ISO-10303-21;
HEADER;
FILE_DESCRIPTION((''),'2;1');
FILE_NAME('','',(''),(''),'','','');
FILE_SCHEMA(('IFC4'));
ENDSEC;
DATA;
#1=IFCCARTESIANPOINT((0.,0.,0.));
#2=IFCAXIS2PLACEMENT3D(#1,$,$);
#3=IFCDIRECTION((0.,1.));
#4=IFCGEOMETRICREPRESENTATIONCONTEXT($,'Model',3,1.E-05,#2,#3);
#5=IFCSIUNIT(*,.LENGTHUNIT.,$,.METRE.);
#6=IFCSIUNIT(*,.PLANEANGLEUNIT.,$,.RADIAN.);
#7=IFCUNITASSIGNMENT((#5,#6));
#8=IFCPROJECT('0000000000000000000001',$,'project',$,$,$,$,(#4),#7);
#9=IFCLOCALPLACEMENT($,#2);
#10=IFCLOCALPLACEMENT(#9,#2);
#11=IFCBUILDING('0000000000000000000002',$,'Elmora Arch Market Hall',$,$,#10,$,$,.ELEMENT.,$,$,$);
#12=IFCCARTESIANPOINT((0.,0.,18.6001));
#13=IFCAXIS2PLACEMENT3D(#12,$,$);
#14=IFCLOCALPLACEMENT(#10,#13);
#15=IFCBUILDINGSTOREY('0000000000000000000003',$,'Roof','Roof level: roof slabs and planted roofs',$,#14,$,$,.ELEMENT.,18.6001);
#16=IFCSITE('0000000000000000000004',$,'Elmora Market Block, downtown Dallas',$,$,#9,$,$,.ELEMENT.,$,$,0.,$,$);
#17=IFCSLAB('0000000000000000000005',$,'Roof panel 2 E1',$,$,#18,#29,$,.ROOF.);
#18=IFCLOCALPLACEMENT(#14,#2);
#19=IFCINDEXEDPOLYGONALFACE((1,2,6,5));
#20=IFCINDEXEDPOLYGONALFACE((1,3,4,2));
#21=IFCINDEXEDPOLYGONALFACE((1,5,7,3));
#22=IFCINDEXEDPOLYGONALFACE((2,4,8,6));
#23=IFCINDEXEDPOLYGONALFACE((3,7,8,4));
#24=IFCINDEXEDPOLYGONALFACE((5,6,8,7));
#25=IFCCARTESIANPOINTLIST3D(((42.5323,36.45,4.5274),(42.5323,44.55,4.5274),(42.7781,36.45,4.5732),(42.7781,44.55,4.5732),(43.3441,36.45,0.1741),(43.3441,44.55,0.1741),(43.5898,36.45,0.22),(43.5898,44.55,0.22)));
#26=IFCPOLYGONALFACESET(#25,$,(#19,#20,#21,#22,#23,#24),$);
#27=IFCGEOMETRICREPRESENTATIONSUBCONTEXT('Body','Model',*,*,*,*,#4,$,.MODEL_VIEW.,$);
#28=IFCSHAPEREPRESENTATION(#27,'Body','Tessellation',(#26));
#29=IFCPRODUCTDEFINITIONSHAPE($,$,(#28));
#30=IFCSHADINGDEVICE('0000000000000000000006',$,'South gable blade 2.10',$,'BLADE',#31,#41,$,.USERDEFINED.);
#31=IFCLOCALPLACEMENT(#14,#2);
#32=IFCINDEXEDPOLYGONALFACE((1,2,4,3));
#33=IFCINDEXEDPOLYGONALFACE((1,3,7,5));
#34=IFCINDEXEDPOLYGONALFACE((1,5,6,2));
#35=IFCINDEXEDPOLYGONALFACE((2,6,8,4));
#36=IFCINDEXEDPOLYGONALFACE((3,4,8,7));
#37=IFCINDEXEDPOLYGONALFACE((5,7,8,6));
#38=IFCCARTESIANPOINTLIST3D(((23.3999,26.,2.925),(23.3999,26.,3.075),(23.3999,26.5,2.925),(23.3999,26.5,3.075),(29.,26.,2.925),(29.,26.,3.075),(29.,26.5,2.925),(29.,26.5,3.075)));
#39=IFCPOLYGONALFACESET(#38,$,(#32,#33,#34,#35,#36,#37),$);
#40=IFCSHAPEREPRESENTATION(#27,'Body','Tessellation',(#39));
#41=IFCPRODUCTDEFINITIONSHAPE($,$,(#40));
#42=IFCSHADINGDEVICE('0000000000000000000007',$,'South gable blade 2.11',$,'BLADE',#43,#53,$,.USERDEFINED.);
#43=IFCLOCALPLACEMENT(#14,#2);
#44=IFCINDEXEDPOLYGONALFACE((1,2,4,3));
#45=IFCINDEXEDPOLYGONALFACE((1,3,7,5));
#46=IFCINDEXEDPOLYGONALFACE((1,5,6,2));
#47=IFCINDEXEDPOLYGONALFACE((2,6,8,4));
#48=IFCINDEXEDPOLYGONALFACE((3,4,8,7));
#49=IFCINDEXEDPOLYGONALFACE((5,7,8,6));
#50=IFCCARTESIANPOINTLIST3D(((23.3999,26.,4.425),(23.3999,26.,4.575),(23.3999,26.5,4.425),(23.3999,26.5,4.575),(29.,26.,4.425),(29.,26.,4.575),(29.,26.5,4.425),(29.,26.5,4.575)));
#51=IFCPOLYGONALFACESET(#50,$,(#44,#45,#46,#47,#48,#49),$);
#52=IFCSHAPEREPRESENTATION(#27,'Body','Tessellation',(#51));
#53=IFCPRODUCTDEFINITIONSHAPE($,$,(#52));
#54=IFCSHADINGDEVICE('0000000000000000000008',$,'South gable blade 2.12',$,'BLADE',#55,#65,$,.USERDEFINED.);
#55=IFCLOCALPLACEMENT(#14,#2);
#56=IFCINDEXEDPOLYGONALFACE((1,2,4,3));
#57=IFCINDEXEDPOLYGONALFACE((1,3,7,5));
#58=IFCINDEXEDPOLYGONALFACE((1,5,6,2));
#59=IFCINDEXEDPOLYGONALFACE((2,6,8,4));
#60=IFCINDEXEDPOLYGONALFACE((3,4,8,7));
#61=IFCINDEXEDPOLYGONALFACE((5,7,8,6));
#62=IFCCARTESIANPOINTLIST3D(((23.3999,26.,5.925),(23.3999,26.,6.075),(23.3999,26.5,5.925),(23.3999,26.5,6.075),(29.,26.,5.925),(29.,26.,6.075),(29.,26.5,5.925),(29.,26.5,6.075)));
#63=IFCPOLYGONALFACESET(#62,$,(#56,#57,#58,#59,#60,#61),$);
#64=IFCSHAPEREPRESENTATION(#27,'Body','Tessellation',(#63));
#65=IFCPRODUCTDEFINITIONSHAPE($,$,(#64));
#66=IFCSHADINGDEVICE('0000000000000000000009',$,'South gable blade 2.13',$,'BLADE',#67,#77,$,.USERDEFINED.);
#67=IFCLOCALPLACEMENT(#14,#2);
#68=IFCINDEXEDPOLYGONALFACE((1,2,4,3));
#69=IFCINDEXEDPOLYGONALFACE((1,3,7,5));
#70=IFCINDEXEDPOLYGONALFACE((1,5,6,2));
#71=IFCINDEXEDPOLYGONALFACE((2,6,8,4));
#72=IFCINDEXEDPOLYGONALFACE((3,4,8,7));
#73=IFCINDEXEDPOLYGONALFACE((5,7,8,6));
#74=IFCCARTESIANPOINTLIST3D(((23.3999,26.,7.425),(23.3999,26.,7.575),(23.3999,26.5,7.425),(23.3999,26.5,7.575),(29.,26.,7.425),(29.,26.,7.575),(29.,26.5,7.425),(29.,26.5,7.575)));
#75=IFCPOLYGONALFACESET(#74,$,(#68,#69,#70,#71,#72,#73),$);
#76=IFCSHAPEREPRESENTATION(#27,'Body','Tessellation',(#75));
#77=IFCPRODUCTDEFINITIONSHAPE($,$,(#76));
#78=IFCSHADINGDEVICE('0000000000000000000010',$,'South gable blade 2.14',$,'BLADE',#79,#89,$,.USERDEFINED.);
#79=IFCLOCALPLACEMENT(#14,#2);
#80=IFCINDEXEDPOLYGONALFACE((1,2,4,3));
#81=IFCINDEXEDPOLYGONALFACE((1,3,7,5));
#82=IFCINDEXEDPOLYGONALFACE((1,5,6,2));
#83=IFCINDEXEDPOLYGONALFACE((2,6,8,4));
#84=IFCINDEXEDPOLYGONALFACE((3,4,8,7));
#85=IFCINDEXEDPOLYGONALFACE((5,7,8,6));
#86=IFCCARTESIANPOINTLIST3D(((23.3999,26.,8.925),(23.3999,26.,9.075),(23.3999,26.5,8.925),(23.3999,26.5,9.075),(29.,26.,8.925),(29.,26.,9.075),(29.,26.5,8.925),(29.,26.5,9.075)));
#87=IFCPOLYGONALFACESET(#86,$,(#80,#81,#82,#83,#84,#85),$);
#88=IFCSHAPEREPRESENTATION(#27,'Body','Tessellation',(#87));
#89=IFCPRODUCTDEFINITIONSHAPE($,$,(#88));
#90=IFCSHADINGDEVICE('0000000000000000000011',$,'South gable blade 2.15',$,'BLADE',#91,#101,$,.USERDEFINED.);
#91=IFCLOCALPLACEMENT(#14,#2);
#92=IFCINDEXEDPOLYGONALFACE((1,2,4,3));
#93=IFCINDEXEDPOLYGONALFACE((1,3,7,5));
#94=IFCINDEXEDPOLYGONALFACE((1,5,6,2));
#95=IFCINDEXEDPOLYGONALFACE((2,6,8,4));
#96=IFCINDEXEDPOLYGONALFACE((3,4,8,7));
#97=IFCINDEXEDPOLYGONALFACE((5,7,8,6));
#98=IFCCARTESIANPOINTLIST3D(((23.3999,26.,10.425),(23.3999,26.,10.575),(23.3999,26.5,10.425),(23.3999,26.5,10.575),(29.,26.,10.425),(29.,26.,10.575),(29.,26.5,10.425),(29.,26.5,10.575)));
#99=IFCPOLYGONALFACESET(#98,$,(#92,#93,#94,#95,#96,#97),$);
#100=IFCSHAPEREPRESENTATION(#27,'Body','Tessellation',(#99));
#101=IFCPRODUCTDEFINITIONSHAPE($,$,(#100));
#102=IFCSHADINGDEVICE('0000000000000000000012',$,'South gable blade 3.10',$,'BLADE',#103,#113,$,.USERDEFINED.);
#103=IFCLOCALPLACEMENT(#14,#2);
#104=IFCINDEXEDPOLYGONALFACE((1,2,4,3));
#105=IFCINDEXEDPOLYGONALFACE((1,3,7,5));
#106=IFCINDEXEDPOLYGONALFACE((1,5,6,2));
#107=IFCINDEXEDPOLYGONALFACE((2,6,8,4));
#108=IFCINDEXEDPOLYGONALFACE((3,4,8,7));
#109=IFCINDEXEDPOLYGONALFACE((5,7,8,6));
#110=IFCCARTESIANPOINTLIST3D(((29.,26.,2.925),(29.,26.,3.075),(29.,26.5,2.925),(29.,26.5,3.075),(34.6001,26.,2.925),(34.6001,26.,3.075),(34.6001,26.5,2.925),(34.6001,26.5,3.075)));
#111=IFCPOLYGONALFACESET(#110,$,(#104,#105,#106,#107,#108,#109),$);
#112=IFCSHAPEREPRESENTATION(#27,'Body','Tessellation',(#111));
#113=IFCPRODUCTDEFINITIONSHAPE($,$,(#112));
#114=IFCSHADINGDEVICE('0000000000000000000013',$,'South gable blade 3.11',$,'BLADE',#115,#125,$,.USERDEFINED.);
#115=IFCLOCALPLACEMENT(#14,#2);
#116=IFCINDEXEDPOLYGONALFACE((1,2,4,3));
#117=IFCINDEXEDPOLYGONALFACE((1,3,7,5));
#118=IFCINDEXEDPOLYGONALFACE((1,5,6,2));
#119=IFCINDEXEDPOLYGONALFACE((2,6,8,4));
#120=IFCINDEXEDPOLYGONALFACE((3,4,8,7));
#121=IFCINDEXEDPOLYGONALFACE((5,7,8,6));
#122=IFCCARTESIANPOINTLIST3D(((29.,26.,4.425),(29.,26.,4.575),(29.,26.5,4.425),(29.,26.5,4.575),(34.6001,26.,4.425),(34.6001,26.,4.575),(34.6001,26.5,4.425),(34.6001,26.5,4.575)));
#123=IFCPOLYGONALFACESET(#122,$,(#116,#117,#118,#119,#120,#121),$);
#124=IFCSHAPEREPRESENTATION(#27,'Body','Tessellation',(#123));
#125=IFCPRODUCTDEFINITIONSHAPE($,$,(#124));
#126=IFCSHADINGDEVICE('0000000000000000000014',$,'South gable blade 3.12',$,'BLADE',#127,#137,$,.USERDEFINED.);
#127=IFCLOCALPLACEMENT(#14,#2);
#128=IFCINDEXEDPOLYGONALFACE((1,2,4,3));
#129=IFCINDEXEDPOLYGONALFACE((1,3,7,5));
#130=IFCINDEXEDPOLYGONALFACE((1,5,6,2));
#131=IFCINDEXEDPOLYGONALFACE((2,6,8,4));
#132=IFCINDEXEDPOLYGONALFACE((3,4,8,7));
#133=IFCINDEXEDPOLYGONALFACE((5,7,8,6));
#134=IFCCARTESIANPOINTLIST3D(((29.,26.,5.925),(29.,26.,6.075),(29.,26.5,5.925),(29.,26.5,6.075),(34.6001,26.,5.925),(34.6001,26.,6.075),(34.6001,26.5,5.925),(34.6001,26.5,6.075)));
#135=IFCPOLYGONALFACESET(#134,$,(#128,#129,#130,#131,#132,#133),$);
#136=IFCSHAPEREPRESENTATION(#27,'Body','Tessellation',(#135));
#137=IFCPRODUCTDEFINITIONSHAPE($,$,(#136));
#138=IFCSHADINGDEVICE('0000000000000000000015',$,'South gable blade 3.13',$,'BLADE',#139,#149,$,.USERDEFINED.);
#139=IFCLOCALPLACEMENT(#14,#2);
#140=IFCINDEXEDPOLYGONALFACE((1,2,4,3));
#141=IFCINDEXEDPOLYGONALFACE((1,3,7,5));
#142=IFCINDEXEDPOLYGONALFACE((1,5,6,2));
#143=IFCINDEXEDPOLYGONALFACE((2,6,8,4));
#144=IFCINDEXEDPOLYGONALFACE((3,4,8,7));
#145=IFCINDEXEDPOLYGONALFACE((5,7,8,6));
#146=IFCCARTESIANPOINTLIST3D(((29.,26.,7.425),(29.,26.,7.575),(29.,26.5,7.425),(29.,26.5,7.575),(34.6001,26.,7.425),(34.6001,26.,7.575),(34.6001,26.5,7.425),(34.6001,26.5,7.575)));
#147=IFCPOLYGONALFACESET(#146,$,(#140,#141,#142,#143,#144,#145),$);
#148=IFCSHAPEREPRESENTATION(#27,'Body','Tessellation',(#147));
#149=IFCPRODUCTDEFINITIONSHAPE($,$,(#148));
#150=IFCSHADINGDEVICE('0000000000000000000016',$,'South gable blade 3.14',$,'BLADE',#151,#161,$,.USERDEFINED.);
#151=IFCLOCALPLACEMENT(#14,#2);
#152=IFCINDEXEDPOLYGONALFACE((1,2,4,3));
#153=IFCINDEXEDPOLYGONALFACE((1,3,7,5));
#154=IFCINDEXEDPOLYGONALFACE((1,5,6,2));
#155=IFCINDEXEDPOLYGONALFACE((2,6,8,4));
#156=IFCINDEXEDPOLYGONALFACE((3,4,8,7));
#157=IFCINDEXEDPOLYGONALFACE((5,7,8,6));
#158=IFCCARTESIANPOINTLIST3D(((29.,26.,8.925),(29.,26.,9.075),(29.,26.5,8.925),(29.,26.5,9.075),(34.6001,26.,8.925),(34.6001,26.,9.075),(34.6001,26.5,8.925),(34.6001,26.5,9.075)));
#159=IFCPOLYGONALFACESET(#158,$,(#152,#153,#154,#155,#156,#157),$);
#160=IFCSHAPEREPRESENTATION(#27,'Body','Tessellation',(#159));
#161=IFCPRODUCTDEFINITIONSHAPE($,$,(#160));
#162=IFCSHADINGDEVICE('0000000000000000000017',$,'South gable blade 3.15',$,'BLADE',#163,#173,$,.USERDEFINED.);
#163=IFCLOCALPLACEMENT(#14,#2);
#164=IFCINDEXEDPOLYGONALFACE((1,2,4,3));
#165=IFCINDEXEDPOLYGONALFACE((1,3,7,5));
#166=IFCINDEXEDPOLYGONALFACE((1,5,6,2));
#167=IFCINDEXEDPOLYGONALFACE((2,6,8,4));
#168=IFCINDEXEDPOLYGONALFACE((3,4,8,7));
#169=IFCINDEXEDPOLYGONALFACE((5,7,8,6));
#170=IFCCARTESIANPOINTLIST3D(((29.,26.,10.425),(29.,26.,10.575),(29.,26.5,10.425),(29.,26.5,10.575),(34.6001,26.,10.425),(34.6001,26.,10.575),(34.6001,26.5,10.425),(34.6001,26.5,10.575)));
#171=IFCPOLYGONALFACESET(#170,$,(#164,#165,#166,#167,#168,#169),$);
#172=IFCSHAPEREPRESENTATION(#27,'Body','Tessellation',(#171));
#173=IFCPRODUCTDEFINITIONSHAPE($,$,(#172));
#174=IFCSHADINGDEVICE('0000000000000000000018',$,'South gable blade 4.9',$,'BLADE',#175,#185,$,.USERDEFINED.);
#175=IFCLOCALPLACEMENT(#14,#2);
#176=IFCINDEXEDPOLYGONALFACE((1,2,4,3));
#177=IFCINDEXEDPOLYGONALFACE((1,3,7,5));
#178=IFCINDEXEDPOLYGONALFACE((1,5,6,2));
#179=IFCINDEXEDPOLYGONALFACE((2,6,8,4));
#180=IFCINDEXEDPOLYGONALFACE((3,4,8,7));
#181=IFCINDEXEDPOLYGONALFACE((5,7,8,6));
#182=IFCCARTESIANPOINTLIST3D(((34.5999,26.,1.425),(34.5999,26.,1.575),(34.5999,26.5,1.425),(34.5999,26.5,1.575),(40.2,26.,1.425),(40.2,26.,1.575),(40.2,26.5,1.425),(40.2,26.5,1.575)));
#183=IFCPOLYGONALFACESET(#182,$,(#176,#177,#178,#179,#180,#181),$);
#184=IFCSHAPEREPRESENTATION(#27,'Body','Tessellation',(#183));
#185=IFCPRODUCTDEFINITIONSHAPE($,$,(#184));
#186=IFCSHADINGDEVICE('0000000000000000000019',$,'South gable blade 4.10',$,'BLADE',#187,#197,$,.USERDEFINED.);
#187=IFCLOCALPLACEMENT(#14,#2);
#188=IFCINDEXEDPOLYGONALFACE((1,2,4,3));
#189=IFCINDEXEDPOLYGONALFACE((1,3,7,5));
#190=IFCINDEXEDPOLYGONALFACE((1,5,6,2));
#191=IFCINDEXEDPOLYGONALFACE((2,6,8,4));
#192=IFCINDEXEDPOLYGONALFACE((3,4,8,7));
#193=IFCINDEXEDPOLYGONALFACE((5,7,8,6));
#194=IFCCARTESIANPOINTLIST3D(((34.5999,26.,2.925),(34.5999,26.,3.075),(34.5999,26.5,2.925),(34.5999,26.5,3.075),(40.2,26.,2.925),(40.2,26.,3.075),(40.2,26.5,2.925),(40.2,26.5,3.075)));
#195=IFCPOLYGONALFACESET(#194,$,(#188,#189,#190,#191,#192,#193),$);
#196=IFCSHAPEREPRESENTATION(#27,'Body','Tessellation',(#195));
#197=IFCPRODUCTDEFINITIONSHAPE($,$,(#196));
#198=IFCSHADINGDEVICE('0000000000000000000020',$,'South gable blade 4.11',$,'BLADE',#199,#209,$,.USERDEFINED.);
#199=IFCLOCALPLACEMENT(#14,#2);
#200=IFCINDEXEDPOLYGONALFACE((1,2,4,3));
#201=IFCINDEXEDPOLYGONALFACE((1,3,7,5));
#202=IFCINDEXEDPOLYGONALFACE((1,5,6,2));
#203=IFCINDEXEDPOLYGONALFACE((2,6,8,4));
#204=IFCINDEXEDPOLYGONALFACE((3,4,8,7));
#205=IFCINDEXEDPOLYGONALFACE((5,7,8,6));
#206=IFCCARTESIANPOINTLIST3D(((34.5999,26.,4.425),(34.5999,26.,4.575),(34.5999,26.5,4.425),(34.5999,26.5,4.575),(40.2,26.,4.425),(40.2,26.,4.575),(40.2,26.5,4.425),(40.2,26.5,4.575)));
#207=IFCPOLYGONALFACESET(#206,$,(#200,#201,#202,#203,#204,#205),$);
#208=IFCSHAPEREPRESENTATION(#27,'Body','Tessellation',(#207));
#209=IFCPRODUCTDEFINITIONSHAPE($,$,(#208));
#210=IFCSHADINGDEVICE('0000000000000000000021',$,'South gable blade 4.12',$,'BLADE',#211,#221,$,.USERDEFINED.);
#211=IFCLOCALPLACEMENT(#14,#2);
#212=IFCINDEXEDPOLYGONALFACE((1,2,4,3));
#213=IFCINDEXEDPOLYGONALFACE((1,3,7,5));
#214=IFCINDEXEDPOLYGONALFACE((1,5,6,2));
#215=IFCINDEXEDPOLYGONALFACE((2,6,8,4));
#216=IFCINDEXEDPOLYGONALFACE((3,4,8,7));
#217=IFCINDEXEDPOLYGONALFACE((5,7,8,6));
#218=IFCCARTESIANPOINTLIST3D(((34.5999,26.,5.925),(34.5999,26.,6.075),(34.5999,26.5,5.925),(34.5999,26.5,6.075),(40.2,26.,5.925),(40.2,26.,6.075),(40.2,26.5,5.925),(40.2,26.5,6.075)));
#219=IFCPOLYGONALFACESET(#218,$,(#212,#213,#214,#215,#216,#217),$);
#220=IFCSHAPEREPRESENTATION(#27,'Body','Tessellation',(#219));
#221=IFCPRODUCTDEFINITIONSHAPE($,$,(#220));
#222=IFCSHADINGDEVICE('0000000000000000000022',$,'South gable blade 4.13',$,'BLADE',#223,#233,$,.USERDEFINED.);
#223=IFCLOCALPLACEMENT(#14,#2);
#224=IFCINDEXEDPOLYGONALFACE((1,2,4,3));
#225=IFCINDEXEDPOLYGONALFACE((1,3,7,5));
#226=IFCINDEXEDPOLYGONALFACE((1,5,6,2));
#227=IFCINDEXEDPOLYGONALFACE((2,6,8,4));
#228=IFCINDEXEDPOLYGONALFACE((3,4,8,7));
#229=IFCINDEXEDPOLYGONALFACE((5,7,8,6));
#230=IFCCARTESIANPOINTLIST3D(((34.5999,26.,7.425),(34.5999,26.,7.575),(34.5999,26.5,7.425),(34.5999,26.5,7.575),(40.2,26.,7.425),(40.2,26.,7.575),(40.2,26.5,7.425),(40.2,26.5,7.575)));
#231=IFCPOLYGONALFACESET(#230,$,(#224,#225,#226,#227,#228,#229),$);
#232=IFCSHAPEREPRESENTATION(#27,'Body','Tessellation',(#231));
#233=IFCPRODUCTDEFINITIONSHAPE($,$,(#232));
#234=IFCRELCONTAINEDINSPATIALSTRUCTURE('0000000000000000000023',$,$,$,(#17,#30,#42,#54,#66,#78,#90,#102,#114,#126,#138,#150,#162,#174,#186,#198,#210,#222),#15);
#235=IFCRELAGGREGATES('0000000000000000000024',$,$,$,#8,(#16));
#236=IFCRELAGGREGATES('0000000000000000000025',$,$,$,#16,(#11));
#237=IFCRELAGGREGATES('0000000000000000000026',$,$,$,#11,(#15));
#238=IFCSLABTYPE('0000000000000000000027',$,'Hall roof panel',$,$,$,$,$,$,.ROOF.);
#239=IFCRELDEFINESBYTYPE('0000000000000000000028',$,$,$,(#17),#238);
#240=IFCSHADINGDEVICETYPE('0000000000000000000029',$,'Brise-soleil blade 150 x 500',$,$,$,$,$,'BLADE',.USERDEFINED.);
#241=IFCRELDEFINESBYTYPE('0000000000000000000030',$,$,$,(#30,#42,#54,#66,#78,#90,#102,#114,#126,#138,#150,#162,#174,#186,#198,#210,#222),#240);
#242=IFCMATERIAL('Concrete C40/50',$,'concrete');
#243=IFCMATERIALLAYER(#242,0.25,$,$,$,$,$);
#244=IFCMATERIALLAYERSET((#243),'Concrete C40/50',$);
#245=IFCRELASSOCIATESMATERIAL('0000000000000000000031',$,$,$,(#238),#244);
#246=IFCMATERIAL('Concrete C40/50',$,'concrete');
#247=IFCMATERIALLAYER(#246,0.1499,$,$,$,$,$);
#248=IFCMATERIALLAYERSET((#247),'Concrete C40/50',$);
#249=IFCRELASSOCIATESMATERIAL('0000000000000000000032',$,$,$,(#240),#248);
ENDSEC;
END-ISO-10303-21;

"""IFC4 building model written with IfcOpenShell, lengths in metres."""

from ifc_helpers import new_model, si_unit, direction, frame, origin, origin_2d, place, context, subcontext, project, spatial, polyline, rectangle, outline, extrude, material, layer, layer_set, type_object, element, save


model = new_model("IFC4")

# Units and contexts
model_context = context("Model", 3, precision=1e-05, world=origin(), true_north=direction((0.0, 1.0)))
body_context = subcontext(model_context, "Body", "Model", "MODEL_VIEW")
ifc_project = project(units=[si_unit("LENGTHUNIT", "METRE"), si_unit("PLANEANGLEUNIT", "RADIAN")], contexts=[model_context])

# Site, building, storey
site_placement = place(None, origin())
site = spatial("IfcSite", under=ifc_project, at=site_placement, Name="Elmora Market Block, downtown Dallas", CompositionType="ELEMENT", RefElevation=0.0)
building_placement = place(site_placement, origin())
building = spatial("IfcBuilding", under=site, at=building_placement, Name="Elmora Arch Market Hall", CompositionType="ELEMENT")
storey_placement = place(building_placement, frame((0.0, 0.0, 18.6001)))
storey = spatial("IfcBuildingStorey", under=building, at=storey_placement, Name="Roof", Description="Roof level: roof slabs and planted roofs", CompositionType="ELEMENT", Elevation=18.6001)

# Slab
ifc_material_1 = material(Name="Concrete C40/50", Category="concrete")
ifc_layer_1 = layer(ifc_material_1, 0.25)
ifc_layer_set_1 = layer_set([ifc_layer_1], Name="Concrete C40/50")
slab_type = type_object("IfcSlabType", Name="Hall roof panel", PredefinedType="ROOF", material=ifc_layer_set_1)
slab_1_placement = place(storey_placement, frame((42.7781, 36.45, 4.5732), z_axis=(0.983055, 0.0, 0.183313), x_axis=(0.0, 1.0, 0.0)))
element("IfcSlab", 1, at=slab_1_placement, inside=storey, type_object=slab_type, Name="Roof panel 2 E1", PredefinedType="ROOF", context=body_context, shape_type="SweptSolid", body=[
    extrude(outline(polyline([(0.0, 0.0), (8.1001, 0.0), (8.1001, -4.4283), (0.0, -4.4283), (0.0, 0.0)])), origin(), (0.0, 0.0, -1.0), 0.25),
])

# Shading devices
ifc_material_2 = material(Name="Concrete C40/50", Category="concrete")
ifc_layer_2 = layer(ifc_material_2, 0.1499)
ifc_layer_set_2 = layer_set([ifc_layer_2], Name="Concrete C40/50")
shading_device_type = type_object("IfcShadingDeviceType", Name="Brise-soleil blade 150 x 500", ElementType="BLADE", PredefinedType="USERDEFINED", material=ifc_layer_set_2)
for number, where, z_axis, x_axis, name in (
    (2, (26.2, 26.25, 2.925), (0.0, 0.0, 1.0), (1.0, 0.0, 0.0), "South gable blade 2.10"),
    (3, (26.2, 26.25, 4.425), (0.0, 0.0, 1.0), (1.0, 0.0, 0.0), "South gable blade 2.11"),
    (4, (26.2, 26.25, 5.925), (0.0, 0.0, 1.0), (1.0, 0.0, 0.0), "South gable blade 2.12"),
    (5, (26.2, 26.25, 7.425), (0.0, 0.0, 1.0), (1.0, 0.0, 0.0), "South gable blade 2.13"),
    (6, (26.2, 26.25, 8.925), (0.0, 0.0, 1.0), (1.0, 0.0, 0.0), "South gable blade 2.14"),
    (7, (26.2, 26.25, 10.425), (0.0, 0.0, 1.0), (1.0, 0.0, 0.0), "South gable blade 2.15"),
    (8, (31.8, 26.25, 2.925), (0.0, 0.0, 1.0), (1.0, 0.0, 0.0), "South gable blade 3.10"),
    (9, (31.8, 26.25, 4.425), (0.0, 0.0, 1.0), (1.0, 0.0, 0.0), "South gable blade 3.11"),
    (10, (31.8, 26.25, 5.925), (0.0, 0.0, 1.0), (1.0, 0.0, 0.0), "South gable blade 3.12"),
    (11, (31.8, 26.25, 7.425), (0.0, 0.0, 1.0), (1.0, 0.0, 0.0), "South gable blade 3.13"),
    (12, (31.8, 26.25, 8.925), (0.0, 0.0, 1.0), (1.0, 0.0, 0.0), "South gable blade 3.14"),
    (13, (31.8, 26.25, 10.425), (0.0, 0.0, 1.0), (1.0, 0.0, 0.0), "South gable blade 3.15"),
    (14, (37.3999, 26.25, 1.425), (0.0, 0.0, 1.0), (1.0, 0.0, 0.0), "South gable blade 4.9"),
    (15, (37.3999, 26.25, 2.925), (0.0, 0.0, 1.0), (1.0, 0.0, 0.0), "South gable blade 4.10"),
    (16, (37.3999, 26.25, 4.425), (0.0, 0.0, 1.0), (1.0, 0.0, 0.0), "South gable blade 4.11"),
    (17, (37.3999, 26.25, 5.925), (0.0, 0.0, 1.0), (1.0, 0.0, 0.0), "South gable blade 4.12"),
    (18, (37.3999, 26.25, 7.425), (0.0, 0.0, 1.0), (1.0, 0.0, 0.0), "South gable blade 4.13"),
):
    element("IfcShadingDevice", number, at=place(storey_placement, frame(where, z_axis=z_axis, x_axis=x_axis)), inside=storey, type_object=shading_device_type, Name=name, ObjectType="BLADE", PredefinedType="USERDEFINED", context=body_context, shape_type="SweptSolid", body=[
        extrude(rectangle(XDim=5.6001, YDim=0.5, at=origin_2d()), origin(), (0.0, 0.0, 1.0), 0.1499),
    ])

save(model, "model.ifc")
